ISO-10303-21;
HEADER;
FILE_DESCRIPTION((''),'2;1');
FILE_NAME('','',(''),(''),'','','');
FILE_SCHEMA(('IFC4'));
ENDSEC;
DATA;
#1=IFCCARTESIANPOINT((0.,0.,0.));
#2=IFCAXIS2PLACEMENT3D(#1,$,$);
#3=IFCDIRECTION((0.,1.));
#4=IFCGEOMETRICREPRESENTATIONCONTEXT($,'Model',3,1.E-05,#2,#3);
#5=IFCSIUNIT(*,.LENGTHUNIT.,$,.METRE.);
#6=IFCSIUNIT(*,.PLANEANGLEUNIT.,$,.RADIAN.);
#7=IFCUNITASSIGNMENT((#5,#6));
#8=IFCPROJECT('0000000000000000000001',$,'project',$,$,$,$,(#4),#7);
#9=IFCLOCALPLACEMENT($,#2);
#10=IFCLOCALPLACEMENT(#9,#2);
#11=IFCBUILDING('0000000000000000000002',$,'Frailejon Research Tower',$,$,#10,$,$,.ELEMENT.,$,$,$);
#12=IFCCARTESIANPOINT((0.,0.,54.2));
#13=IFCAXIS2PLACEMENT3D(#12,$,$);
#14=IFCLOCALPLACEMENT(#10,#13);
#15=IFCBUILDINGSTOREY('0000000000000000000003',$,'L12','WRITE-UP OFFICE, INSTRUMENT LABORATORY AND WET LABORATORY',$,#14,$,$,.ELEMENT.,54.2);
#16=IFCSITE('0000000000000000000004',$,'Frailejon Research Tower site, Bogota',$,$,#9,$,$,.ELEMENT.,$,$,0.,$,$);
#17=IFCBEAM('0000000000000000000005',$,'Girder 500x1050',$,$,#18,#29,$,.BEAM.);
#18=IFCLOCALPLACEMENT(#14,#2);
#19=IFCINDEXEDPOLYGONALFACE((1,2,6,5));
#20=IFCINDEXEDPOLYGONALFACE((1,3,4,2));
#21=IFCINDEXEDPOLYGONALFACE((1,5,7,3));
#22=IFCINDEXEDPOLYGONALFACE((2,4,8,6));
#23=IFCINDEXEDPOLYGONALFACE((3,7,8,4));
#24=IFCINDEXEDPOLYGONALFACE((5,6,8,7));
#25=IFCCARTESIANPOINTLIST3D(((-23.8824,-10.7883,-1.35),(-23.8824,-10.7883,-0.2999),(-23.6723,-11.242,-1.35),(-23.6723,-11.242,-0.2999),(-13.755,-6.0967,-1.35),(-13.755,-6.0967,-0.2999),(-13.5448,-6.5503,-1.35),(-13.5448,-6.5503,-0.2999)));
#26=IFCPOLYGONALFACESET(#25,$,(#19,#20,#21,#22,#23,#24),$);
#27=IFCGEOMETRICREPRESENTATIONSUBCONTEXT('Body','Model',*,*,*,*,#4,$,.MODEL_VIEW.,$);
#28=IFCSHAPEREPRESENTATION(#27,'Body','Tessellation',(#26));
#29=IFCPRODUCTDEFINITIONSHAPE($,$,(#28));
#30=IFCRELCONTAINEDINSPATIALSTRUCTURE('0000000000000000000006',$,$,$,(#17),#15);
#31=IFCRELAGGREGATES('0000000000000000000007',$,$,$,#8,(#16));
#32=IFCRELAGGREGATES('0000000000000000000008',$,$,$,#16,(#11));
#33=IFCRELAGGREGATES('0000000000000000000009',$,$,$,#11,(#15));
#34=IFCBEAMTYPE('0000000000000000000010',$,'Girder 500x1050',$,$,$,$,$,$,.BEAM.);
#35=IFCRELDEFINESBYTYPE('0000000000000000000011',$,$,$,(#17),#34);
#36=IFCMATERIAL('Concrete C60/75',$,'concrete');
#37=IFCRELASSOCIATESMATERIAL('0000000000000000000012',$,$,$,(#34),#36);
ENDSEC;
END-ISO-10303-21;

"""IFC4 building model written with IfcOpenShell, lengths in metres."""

from ifc_helpers import new_model, si_unit, direction, frame, origin, origin_2d, place, context, subcontext, project, spatial, rectangle, extrude, material, material_profile, profile_set, type_object, element, save


model = new_model("IFC4")

# Units and contexts
model_context = context("Model", 3, precision=1e-05, world=origin(), true_north=direction((0.0, 1.0)))
body_context = subcontext(model_context, "Body", "Model", "MODEL_VIEW")
ifc_project = project(units=[si_unit("LENGTHUNIT", "METRE"), si_unit("PLANEANGLEUNIT", "RADIAN")], contexts=[model_context])

# Site, building, storey
site_placement = place(None, origin())
site = spatial("IfcSite", under=ifc_project, at=site_placement, Name="Frailejon Research Tower site, Bogota", CompositionType="ELEMENT", RefElevation=0.0)
building_placement = place(site_placement, origin())
building = spatial("IfcBuilding", under=site, at=building_placement, Name="Frailejon Research Tower", CompositionType="ELEMENT")
storey_placement = place(building_placement, frame((0.0, 0.0, 54.2)))
storey = spatial("IfcBuildingStorey", under=building, at=storey_placement, Name="L12", Description="WRITE-UP OFFICE, INSTRUMENT LABORATORY AND WET LABORATORY", CompositionType="ELEMENT", Elevation=54.2)

# Beam
ifc_material_1 = material(Name="Concrete C60/75", Category="concrete")
ifc_material_profile = material_profile(ifc_material_1, rectangle(XDim=0.5, YDim=1.05, at=origin_2d()), Name="Girder 500x1050")
ifc_profile_set = profile_set([ifc_material_profile], Name="Concrete C60/75")
beam_type = type_object("IfcBeamType", Name="Girder 500x1050", PredefinedType="BEAM", material=ifc_profile_set)
beam_placement = place(storey_placement, frame((-23.7773, -11.0151, -0.825), z_axis=(0.907364, 0.420346, 0.0), x_axis=(-0.420346, 0.907364, 0.0)))
element("IfcBeam", 1, at=beam_placement, inside=storey, type_object=beam_type, Name="Girder 500x1050", PredefinedType="BEAM", context=body_context, shape_type="SweptSolid", body=[
    extrude(rectangle(XDim=0.5, YDim=1.05, at=origin_2d()), origin(), (0.0, 0.0, 1.0), 11.1614),
])

save(model, "model.ifc")
